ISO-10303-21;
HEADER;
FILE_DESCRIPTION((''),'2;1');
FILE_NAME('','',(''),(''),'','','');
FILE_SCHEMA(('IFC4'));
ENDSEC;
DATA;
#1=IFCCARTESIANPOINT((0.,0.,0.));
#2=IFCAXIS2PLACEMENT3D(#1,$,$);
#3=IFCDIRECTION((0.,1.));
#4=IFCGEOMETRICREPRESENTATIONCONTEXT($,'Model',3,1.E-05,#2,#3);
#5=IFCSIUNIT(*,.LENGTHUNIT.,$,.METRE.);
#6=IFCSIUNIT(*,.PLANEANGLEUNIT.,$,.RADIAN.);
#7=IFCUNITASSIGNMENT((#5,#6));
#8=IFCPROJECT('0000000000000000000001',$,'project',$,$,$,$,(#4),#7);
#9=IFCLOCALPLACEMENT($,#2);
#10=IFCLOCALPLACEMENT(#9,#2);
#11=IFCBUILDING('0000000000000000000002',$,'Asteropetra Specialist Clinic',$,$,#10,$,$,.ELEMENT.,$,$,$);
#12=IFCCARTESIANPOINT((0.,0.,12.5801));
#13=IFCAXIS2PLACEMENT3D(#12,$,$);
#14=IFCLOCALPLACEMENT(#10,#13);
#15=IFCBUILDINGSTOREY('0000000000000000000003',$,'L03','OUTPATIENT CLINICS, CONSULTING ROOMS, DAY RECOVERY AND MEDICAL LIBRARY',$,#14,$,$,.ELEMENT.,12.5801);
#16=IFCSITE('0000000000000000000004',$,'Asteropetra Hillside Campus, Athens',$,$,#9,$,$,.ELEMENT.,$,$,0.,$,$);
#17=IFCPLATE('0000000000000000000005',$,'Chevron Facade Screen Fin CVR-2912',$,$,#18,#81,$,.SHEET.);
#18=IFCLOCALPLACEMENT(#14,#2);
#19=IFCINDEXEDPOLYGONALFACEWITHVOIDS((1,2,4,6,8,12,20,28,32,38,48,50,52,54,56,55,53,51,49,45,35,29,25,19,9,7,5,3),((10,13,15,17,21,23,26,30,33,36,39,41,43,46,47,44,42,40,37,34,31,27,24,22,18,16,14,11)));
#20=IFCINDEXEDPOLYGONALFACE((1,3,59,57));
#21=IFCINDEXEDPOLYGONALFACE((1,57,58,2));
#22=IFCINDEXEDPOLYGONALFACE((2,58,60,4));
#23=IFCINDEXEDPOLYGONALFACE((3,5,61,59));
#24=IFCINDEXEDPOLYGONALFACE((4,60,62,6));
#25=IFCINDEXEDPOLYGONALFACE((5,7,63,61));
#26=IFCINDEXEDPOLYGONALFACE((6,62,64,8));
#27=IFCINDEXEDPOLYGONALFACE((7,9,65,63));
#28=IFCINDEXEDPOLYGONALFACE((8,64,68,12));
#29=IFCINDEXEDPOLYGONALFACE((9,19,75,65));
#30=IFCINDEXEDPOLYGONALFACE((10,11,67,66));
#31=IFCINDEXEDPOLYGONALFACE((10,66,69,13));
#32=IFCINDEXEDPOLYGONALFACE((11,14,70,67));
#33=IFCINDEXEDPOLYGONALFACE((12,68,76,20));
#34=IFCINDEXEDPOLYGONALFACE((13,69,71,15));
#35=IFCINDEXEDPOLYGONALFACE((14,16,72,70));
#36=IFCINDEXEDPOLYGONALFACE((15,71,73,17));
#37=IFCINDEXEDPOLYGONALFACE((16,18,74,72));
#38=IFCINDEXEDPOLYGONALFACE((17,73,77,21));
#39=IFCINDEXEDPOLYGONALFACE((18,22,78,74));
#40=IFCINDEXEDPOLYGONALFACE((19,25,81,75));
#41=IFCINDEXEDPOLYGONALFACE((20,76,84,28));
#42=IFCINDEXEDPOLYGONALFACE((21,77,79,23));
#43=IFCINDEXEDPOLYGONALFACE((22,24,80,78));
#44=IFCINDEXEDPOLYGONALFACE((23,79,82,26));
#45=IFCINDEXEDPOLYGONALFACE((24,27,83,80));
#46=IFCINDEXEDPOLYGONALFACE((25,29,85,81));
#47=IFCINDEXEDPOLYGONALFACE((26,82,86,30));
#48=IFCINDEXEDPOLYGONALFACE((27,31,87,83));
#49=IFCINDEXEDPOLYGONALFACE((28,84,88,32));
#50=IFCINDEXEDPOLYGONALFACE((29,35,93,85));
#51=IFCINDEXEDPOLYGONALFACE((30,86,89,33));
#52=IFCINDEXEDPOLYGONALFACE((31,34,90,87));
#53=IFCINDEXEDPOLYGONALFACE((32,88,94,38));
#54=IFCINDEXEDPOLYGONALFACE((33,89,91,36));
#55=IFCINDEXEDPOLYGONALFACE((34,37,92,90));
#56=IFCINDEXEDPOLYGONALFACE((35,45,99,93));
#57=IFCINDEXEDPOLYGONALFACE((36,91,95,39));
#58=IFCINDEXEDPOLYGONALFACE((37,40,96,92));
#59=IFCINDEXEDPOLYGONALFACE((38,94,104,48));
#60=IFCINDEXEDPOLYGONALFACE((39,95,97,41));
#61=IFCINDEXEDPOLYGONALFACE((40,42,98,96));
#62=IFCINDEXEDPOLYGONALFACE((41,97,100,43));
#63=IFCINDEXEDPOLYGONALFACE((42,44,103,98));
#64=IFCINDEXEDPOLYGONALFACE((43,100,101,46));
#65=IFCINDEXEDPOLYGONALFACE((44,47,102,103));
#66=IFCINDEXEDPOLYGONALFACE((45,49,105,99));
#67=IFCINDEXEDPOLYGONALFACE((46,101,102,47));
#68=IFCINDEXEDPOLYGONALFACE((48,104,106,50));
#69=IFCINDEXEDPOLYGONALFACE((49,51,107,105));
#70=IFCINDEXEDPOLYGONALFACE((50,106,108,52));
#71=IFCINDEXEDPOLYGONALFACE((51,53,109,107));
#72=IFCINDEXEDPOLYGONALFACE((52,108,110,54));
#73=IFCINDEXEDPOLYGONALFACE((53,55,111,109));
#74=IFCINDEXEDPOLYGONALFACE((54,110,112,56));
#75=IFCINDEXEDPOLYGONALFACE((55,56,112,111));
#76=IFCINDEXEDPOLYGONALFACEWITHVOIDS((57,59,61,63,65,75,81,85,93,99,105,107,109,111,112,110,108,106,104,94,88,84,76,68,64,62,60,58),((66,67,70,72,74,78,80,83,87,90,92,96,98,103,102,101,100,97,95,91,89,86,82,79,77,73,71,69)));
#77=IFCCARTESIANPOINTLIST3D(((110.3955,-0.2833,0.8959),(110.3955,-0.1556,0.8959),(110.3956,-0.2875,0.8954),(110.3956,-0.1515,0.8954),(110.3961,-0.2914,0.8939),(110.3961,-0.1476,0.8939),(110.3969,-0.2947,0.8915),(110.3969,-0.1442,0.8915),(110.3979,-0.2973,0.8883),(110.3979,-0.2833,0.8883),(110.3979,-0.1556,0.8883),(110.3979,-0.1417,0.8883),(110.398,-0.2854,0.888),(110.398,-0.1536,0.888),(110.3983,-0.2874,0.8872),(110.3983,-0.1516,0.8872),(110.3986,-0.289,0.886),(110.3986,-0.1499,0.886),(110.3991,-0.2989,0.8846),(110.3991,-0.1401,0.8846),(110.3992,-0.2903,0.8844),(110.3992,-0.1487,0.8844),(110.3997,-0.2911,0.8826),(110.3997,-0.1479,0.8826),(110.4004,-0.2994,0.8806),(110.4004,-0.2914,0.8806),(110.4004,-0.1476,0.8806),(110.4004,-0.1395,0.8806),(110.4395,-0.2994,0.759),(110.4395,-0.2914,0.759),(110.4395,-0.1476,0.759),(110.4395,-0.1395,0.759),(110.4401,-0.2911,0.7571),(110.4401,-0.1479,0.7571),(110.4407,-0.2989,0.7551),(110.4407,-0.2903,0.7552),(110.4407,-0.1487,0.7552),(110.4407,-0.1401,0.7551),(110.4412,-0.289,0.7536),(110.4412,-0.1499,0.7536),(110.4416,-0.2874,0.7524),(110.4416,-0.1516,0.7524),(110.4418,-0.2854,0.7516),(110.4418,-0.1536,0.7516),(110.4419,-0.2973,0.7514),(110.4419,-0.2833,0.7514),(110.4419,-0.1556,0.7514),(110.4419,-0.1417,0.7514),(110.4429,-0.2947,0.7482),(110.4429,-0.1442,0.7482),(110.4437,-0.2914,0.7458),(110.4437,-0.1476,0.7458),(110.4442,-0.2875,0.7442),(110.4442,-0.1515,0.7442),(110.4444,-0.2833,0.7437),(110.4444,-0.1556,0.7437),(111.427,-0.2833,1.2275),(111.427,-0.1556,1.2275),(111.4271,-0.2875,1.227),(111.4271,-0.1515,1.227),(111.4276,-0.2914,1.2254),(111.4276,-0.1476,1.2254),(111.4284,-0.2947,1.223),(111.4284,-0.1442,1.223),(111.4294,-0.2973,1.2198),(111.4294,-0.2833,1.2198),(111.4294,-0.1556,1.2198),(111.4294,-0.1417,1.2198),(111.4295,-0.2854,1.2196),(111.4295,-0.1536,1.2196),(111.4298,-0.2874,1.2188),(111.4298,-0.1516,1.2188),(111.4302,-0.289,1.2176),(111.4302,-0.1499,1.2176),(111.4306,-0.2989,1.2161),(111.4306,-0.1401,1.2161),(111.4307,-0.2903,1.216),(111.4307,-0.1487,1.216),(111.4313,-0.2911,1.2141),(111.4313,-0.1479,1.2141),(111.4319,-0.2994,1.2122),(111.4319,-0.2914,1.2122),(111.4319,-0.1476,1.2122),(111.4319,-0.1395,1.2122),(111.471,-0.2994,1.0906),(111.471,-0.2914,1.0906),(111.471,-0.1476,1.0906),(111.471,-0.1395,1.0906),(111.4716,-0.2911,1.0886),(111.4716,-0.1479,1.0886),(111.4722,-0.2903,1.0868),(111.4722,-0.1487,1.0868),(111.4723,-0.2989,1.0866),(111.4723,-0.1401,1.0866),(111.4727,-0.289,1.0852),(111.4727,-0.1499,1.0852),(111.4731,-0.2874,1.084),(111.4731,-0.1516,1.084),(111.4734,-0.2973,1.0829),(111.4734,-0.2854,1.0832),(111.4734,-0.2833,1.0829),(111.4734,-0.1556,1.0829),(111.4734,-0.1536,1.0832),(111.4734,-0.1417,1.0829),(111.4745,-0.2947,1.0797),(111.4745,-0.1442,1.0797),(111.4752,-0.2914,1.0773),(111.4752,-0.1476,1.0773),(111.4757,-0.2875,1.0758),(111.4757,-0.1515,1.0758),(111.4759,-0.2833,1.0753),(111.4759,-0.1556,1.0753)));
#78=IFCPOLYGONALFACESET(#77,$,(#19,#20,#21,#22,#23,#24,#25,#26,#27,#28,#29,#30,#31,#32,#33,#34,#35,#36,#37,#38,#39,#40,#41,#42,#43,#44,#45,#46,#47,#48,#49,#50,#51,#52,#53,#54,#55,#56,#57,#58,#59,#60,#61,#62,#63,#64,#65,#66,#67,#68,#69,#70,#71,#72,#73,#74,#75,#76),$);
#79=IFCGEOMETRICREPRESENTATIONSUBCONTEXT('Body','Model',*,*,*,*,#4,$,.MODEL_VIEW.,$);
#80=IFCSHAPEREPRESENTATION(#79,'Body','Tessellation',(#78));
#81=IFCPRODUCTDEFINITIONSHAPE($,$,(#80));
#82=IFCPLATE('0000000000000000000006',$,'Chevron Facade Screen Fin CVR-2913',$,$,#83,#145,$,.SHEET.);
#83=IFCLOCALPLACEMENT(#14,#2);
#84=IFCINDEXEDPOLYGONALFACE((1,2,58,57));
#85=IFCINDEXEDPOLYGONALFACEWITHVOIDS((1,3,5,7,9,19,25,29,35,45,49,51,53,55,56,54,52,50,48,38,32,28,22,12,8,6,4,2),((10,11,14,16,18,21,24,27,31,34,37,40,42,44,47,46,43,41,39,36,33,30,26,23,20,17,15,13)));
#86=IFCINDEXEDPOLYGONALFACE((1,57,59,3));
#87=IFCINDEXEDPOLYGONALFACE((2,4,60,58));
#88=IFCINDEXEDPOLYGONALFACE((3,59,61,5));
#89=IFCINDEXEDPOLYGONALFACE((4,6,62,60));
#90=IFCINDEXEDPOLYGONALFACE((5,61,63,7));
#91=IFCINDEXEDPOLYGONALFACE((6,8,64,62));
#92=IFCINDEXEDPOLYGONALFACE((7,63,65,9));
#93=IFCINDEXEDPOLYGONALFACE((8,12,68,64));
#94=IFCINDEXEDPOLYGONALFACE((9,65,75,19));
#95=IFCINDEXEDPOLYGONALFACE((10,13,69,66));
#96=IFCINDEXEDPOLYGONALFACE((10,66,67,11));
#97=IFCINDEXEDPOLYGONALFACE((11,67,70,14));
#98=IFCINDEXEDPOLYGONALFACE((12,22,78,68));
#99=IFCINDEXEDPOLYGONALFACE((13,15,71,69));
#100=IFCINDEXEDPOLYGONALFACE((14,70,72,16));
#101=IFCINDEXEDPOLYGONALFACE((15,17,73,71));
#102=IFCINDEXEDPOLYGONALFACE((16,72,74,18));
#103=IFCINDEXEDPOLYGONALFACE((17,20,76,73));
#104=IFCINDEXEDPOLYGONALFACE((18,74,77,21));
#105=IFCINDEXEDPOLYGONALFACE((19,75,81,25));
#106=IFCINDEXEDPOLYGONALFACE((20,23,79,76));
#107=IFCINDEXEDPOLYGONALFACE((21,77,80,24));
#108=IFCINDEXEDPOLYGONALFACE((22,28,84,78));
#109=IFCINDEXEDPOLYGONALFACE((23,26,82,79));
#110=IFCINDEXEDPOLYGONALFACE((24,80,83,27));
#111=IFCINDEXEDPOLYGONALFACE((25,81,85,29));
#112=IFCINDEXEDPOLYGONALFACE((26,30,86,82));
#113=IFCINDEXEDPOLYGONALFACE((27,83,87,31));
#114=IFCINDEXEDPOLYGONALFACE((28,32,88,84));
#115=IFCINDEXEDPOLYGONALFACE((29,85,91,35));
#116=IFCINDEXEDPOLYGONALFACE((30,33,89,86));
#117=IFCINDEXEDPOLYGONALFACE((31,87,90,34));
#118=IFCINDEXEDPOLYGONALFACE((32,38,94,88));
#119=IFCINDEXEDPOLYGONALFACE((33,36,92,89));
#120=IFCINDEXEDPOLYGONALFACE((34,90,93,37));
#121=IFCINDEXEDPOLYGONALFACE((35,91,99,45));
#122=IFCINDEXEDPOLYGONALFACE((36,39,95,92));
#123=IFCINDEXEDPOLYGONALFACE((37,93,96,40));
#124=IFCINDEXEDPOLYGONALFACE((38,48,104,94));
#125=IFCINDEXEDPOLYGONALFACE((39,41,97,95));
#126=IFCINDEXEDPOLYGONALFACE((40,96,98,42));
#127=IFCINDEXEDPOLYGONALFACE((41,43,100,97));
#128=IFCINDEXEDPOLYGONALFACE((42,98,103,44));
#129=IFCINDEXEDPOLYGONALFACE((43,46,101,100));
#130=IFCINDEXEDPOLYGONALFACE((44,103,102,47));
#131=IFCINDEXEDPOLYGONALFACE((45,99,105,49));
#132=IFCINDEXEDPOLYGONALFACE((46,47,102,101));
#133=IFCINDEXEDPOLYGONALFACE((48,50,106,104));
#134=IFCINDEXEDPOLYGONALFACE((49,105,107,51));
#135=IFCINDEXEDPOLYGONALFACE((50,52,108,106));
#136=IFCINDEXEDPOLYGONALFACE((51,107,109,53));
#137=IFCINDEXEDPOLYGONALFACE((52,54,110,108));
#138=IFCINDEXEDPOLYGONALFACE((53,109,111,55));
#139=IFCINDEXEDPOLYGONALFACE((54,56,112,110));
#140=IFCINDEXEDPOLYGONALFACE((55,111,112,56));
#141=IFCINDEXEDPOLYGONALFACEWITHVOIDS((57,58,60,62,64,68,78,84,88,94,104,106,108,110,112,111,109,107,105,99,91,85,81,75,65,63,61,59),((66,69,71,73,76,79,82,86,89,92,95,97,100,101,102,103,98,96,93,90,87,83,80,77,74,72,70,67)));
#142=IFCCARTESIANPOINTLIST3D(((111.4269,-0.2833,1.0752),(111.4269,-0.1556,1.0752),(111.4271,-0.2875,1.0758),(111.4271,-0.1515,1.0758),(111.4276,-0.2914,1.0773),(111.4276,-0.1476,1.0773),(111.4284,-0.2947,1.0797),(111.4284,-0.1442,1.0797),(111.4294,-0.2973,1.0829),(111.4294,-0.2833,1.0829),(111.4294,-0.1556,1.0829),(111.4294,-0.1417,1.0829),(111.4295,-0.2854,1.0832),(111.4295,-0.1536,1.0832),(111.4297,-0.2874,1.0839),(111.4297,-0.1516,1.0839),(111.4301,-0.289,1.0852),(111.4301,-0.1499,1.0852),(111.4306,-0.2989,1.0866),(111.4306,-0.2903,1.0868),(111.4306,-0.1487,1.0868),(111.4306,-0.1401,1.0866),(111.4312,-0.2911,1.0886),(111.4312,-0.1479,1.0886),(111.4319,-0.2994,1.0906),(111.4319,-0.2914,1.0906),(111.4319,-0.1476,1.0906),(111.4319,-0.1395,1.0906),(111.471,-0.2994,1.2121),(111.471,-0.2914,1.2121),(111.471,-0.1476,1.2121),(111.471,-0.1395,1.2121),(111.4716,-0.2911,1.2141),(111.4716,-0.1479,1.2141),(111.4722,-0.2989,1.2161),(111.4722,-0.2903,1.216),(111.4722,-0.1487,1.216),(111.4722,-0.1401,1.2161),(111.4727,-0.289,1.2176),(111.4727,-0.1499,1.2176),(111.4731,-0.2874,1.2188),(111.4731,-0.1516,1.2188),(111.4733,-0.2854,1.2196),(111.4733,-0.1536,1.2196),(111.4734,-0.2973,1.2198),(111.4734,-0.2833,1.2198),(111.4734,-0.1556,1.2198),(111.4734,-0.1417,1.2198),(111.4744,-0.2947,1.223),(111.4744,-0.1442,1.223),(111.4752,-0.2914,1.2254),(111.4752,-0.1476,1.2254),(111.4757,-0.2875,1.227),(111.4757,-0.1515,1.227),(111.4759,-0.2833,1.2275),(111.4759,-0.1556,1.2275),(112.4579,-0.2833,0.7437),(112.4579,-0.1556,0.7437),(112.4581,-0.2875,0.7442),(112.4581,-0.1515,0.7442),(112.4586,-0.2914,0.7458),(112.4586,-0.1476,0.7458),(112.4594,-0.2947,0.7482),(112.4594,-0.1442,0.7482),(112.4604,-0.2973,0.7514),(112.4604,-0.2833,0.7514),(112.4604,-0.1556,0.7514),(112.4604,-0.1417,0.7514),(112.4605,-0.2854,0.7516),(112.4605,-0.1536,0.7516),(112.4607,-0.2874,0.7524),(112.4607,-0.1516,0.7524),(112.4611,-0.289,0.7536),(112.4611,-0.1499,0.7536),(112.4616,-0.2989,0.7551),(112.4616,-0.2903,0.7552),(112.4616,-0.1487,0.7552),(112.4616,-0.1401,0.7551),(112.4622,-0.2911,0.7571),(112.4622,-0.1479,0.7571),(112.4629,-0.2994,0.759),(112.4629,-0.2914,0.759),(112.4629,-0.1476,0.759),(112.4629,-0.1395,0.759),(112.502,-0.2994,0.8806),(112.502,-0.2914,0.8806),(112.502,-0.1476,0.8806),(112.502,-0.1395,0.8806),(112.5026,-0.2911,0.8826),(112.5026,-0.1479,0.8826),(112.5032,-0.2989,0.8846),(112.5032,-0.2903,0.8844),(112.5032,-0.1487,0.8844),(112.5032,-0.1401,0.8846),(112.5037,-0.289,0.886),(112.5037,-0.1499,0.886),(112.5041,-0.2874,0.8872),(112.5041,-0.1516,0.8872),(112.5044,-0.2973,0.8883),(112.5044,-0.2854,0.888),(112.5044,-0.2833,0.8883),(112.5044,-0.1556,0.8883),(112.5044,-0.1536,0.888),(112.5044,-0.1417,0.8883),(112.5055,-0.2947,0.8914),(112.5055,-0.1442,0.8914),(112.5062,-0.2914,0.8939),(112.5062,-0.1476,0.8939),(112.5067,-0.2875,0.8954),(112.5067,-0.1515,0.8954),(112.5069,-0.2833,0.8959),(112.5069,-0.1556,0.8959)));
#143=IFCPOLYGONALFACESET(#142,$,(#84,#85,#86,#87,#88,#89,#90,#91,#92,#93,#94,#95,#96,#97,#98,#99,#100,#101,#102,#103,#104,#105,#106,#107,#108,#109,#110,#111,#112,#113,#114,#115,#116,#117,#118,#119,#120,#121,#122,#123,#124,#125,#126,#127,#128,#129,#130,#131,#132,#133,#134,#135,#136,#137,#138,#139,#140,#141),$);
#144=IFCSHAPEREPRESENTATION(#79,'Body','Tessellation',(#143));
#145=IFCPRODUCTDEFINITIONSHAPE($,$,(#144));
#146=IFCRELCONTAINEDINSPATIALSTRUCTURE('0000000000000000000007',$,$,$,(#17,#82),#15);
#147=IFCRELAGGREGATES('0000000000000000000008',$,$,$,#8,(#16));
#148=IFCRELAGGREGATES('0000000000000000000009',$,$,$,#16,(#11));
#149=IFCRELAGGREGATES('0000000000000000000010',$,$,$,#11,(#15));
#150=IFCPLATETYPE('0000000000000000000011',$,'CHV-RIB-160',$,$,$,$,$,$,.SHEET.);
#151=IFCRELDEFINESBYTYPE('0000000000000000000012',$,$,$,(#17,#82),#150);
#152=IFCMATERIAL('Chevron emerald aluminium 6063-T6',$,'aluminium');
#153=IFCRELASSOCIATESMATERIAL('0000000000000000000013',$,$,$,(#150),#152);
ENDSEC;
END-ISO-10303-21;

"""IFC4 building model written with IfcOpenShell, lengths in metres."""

from ifc_helpers import new_model, si_unit, direction, frame, origin, origin_2d, place, context, subcontext, project, spatial, hollow_rectangle, extrude, material, material_profile, profile_set, type_object, element, save


model = new_model("IFC4")

# Units and contexts
model_context = context("Model", 3, precision=1e-05, world=origin(), true_north=direction((0.0, 1.0)))
body_context = subcontext(model_context, "Body", "Model", "MODEL_VIEW")
ifc_project = project(units=[si_unit("LENGTHUNIT", "METRE"), si_unit("PLANEANGLEUNIT", "RADIAN")], contexts=[model_context])

# Site, building, storey
site_placement = place(None, origin())
site = spatial("IfcSite", under=ifc_project, at=site_placement, Name="Asteropetra Hillside Campus, Athens", CompositionType="ELEMENT", RefElevation=0.0)
building_placement = place(site_placement, origin())
building = spatial("IfcBuilding", under=site, at=building_placement, Name="Asteropetra Specialist Clinic", CompositionType="ELEMENT")
storey_placement = place(building_placement, frame((0.0, 0.0, 12.5801)))
storey = spatial("IfcBuildingStorey", under=building, at=storey_placement, Name="L03", Description="OUTPATIENT CLINICS, CONSULTING ROOMS, DAY RECOVERY AND MEDICAL LIBRARY", CompositionType="ELEMENT", Elevation=12.5801)

# Plates
ifc_material_1 = material(Name="Chevron emerald aluminium 6063-T6", Category="aluminium")
ifc_material_profile_1 = material_profile(ifc_material_1, hollow_rectangle(XDim=0.1599, YDim=0.1599, WallThickness=0.0081, InnerFilletRadius=0.0081, OuterFilletRadius=0.0161, at=origin_2d()), Name="SHS 160x160x8.0")
ifc_profile_set_1 = profile_set([ifc_material_profile_1], Name="Chevron emerald aluminium 6063-T6")
plate_type_1 = type_object("IfcPlateType", Name="CHV-RIB-160", PredefinedType="SHEET", material=ifc_profile_set_1)
plate_1_placement = place(storey_placement, frame((110.4199, -0.2195, 0.8198), z_axis=(0.952031, 0.0, 0.306002), x_axis=(0.0, 1.0, 0.0)))
element("IfcPlate", 1, at=plate_1_placement, inside=storey, type_object=plate_type_1, Name="Chevron Facade Screen Fin CVR-2912", PredefinedType="SHEET", context=body_context, shape_type="SweptSolid", body=[
    extrude(hollow_rectangle(XDim=0.1599, YDim=0.1599, WallThickness=0.0081, InnerFilletRadius=0.0081, OuterFilletRadius=0.0161, at=origin_2d()), origin(), (0.0, 0.0, 1.0), 1.0835),
])
plate_2_placement = place(storey_placement, frame((111.4514, -0.2195, 1.1514), z_axis=(0.951989, 0.0, -0.306133), x_axis=(0.0, 1.0, 0.0)))
element("IfcPlate", 2, at=plate_2_placement, inside=storey, type_object=plate_type_1, Name="Chevron Facade Screen Fin CVR-2913", PredefinedType="SHEET", context=body_context, shape_type="SweptSolid", body=[
    extrude(hollow_rectangle(XDim=0.1599, YDim=0.1599, WallThickness=0.0081, InnerFilletRadius=0.0081, OuterFilletRadius=0.0161, at=origin_2d()), origin(), (0.0, 0.0, 1.0), 1.083),
])

save(model, "model.ifc")
